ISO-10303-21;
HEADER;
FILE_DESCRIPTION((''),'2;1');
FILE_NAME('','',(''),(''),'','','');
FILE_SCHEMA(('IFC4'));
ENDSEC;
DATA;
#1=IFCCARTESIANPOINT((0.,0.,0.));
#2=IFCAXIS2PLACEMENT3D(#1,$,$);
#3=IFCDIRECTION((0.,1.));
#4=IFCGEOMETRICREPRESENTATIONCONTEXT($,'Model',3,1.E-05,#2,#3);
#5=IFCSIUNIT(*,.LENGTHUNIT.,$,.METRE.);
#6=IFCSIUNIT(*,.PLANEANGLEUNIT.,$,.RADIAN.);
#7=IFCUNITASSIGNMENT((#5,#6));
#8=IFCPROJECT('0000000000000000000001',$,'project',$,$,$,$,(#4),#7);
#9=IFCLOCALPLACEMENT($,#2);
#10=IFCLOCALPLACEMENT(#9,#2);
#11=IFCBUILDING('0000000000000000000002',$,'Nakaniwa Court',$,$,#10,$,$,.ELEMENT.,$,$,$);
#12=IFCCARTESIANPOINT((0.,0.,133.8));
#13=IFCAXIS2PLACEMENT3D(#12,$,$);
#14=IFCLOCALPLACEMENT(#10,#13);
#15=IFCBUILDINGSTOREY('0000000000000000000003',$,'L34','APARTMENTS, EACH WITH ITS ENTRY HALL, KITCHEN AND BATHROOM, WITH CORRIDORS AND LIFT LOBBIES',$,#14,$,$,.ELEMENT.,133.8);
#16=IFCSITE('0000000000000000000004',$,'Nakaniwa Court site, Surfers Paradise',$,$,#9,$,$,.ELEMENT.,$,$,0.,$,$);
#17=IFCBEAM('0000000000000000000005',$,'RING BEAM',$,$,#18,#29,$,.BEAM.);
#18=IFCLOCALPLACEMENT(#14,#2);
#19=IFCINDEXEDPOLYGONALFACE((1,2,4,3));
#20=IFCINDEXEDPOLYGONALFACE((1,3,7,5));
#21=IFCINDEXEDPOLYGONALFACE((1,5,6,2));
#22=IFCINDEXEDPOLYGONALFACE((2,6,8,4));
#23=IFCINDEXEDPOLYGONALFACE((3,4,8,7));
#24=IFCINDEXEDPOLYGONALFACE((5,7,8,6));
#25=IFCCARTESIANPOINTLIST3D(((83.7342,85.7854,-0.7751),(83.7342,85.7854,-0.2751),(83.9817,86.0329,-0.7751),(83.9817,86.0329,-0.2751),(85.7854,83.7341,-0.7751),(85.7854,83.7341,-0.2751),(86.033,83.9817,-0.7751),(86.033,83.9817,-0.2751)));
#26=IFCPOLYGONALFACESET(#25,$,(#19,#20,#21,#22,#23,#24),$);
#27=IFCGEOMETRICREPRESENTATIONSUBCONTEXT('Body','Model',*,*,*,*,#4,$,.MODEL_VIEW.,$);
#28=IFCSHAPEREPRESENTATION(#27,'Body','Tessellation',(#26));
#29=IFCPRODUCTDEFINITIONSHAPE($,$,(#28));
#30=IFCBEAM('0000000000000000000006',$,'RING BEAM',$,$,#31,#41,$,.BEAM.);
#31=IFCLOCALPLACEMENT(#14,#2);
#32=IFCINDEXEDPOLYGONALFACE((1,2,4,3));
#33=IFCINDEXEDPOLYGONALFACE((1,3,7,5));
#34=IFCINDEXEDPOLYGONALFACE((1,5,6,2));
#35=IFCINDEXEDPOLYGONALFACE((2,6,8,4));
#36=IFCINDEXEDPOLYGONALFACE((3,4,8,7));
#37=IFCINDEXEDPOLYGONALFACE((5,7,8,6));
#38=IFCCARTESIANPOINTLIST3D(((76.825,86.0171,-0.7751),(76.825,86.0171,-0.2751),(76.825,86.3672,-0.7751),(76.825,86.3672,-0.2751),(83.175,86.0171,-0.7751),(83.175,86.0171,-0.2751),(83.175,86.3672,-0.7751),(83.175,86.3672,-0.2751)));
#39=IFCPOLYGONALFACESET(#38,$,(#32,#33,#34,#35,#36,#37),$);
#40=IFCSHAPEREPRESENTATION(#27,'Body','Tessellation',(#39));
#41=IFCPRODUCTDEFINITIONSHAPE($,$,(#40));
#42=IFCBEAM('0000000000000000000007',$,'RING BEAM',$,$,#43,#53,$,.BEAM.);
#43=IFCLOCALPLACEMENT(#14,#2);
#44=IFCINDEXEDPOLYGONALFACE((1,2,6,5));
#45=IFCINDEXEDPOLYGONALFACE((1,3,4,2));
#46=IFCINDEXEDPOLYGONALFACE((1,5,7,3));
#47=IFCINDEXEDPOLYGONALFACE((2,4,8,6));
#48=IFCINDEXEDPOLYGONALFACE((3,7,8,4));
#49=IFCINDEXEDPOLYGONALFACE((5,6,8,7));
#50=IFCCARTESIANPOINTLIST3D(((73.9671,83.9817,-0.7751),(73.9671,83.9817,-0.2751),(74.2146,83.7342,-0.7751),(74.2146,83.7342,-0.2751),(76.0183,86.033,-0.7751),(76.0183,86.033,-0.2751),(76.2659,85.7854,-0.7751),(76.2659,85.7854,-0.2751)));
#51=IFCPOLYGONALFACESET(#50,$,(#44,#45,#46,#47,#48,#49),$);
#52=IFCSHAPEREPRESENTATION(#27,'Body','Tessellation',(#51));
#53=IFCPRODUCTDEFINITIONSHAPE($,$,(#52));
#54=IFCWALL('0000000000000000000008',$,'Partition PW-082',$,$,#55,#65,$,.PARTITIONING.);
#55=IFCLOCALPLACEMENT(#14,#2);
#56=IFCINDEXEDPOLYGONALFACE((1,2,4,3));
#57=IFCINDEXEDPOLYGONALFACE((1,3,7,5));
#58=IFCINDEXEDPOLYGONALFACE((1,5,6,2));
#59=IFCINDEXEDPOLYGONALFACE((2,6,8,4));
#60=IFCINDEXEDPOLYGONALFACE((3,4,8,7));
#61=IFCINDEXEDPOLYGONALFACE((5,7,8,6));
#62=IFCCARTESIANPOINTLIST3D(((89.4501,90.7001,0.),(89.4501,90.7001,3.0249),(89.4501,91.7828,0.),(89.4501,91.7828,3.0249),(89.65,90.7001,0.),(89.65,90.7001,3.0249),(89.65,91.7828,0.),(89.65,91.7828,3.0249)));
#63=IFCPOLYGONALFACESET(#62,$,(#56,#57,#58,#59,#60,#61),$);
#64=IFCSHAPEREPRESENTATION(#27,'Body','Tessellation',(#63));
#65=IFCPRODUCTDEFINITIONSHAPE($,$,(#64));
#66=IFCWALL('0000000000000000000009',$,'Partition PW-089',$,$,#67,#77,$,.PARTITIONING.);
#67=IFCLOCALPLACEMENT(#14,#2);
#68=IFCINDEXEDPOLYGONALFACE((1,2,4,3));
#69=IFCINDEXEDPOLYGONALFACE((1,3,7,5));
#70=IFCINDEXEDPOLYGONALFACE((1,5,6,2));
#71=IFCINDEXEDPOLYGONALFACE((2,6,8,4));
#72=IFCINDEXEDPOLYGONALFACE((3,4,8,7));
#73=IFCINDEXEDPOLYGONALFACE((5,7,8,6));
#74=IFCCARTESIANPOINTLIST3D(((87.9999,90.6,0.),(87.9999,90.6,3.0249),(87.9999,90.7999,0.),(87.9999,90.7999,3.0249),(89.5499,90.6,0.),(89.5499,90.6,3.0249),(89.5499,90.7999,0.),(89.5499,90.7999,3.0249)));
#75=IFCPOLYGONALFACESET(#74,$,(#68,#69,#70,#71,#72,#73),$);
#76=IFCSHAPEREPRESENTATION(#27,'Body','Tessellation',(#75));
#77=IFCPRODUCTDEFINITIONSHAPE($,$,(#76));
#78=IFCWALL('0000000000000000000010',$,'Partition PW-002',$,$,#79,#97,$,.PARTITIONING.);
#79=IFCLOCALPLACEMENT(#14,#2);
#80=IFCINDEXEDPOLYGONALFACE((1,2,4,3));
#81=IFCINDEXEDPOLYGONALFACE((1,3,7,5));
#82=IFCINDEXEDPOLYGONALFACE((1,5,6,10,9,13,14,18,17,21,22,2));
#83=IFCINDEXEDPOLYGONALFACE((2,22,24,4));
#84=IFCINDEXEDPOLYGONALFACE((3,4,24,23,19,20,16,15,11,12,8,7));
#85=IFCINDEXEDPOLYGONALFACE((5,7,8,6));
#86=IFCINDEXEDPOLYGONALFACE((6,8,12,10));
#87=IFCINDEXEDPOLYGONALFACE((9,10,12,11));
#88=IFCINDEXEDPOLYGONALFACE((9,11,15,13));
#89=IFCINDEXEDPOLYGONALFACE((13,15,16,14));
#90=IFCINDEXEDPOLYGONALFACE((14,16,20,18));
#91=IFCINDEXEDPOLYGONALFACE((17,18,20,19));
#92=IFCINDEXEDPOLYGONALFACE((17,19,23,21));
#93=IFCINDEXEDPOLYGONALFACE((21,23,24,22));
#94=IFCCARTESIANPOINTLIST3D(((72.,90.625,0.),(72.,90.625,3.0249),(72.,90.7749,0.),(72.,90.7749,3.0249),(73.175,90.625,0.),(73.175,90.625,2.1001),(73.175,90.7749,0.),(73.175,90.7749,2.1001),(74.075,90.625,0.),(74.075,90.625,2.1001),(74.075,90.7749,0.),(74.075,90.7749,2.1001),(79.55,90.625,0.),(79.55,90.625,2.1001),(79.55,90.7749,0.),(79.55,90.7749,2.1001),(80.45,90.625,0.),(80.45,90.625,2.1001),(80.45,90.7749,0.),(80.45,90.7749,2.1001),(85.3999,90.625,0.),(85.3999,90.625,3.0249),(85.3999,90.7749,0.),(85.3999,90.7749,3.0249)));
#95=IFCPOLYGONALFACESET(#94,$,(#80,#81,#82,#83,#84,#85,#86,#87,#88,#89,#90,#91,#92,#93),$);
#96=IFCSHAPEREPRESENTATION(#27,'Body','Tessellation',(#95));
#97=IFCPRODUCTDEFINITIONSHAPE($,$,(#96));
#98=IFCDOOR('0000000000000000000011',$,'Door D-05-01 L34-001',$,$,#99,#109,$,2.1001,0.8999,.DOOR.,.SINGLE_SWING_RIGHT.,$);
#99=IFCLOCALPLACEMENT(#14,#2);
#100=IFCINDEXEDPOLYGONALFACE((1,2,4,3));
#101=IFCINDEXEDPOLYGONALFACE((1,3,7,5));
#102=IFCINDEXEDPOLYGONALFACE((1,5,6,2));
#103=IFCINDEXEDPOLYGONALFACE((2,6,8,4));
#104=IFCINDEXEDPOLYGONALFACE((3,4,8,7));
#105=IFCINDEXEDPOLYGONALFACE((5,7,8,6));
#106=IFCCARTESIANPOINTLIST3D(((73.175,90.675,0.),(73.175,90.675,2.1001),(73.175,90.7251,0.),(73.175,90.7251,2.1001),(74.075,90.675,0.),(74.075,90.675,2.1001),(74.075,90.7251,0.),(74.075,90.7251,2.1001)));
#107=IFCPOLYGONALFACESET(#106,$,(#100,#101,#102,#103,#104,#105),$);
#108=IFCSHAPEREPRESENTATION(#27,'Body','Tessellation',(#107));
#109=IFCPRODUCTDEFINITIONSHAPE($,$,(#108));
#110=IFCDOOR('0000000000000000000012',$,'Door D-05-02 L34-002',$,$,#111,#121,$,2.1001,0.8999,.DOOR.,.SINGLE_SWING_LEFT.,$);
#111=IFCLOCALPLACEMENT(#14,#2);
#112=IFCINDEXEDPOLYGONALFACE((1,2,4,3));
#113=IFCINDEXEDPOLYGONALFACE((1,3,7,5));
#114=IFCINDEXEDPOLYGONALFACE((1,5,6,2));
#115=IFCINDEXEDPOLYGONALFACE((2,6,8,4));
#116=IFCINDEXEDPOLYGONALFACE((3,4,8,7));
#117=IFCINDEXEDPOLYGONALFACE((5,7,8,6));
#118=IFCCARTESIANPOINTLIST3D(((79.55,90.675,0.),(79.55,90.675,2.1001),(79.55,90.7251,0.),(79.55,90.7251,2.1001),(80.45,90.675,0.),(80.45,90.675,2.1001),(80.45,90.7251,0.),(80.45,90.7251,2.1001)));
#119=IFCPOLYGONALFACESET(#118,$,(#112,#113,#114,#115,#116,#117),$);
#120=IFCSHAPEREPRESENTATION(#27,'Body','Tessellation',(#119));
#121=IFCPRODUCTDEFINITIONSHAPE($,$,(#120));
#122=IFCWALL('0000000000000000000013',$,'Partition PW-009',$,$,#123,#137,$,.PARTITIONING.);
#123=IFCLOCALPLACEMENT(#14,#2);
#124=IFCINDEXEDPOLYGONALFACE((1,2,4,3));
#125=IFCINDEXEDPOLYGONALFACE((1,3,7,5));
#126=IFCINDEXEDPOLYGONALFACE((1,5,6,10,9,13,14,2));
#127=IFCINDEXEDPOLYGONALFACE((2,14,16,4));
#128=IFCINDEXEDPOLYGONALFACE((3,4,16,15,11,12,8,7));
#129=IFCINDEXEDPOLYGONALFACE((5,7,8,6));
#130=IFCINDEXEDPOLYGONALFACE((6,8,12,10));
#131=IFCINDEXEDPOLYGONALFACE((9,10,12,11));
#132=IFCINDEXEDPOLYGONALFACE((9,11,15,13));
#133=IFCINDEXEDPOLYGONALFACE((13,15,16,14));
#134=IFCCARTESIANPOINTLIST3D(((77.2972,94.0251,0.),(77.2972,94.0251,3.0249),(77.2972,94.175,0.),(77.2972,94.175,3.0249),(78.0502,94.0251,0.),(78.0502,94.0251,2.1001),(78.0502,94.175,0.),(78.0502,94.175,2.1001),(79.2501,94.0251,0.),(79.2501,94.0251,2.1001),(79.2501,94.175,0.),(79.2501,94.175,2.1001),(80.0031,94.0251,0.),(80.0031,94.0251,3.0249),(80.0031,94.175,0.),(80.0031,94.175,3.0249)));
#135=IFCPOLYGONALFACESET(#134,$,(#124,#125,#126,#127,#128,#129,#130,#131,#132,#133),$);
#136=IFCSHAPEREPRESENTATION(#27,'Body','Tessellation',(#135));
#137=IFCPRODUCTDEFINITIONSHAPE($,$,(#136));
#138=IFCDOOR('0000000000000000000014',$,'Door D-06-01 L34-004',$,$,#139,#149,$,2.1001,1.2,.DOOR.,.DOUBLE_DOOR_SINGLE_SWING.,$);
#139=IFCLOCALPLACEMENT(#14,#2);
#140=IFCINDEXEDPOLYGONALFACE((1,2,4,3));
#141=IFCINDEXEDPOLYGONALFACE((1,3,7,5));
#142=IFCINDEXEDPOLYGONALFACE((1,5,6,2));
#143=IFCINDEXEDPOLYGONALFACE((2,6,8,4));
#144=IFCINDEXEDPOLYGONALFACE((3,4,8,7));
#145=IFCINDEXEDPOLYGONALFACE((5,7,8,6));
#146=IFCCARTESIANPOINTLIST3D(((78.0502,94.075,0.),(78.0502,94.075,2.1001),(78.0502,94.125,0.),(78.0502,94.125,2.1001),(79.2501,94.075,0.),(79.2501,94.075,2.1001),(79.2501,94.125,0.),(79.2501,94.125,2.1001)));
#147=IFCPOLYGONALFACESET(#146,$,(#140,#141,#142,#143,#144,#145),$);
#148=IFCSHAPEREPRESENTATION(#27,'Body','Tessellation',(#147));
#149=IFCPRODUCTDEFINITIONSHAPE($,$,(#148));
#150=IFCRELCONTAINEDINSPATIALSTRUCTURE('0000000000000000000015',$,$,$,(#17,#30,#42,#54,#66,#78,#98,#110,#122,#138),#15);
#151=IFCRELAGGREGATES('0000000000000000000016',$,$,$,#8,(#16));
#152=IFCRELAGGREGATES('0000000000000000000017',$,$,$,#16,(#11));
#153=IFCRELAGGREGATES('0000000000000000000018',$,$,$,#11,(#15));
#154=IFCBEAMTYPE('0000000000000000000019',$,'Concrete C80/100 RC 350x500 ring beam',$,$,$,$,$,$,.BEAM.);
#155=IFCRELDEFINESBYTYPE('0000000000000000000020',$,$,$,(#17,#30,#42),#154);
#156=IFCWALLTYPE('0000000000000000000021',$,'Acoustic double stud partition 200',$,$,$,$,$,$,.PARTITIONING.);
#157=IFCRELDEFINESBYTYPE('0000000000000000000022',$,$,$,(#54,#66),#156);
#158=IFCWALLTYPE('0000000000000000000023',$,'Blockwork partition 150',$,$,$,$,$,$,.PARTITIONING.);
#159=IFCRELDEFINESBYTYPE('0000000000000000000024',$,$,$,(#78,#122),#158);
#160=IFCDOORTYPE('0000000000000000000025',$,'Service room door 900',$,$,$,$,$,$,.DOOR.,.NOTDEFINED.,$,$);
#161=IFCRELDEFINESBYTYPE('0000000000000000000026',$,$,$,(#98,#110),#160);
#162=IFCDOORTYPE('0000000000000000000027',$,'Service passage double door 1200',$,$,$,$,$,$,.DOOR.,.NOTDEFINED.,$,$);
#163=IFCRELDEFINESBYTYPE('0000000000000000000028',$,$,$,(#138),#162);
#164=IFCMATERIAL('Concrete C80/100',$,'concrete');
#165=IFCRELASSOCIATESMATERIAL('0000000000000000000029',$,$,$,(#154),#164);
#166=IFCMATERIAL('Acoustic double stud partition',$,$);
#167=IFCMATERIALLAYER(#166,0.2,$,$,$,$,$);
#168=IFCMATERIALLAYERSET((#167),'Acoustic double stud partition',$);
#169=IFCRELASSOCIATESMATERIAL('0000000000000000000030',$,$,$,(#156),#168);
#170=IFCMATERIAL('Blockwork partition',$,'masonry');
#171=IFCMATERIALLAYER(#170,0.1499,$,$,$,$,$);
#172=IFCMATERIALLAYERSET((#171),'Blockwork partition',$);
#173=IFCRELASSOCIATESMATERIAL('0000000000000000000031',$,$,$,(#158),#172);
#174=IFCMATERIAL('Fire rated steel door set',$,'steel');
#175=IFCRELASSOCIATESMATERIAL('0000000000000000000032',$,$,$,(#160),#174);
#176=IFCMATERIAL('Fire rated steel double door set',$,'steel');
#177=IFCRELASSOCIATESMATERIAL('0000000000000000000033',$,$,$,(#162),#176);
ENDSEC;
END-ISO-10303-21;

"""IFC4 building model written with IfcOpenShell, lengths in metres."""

from ifc_helpers import new_model, si_unit, direction, frame, frame_2d, origin, origin_2d, place, context, subcontext, project, spatial, rectangle, extrude, material, layer, layer_set, material_profile, profile_set, type_object, element, fill, save


model = new_model("IFC4")

# Units and contexts
model_context = context("Model", 3, precision=1e-05, world=origin(), true_north=direction((0.0, 1.0)))
body_context = subcontext(model_context, "Body", "Model", "MODEL_VIEW")
ifc_project = project(units=[si_unit("LENGTHUNIT", "METRE"), si_unit("PLANEANGLEUNIT", "RADIAN")], contexts=[model_context])

# Site, building, storey
site_placement = place(None, origin())
site = spatial("IfcSite", under=ifc_project, at=site_placement, Name="Nakaniwa Court site, Surfers Paradise", CompositionType="ELEMENT", RefElevation=0.0)
building_placement = place(site_placement, origin())
building = spatial("IfcBuilding", under=site, at=building_placement, Name="Nakaniwa Court", CompositionType="ELEMENT")
storey_placement = place(building_placement, frame((0.0, 0.0, 133.8)))
storey = spatial("IfcBuildingStorey", under=building, at=storey_placement, Name="L34", Description="APARTMENTS, EACH WITH ITS ENTRY HALL, KITCHEN AND BATHROOM, WITH CORRIDORS AND LIFT LOBBIES", CompositionType="ELEMENT", Elevation=133.8)

# Shared definitions
ifc_material_1 = material(Name="Concrete C80/100", Category="concrete")

# Beams
ifc_material_profile_1 = material_profile(ifc_material_1, rectangle(XDim=0.3501, YDim=0.5, at=origin_2d()), Name="Concrete C80/100 RC 350x500 ring beam")
ifc_profile_set_1 = profile_set([ifc_material_profile_1], Name="Concrete C80/100")
beam_type = type_object("IfcBeamType", Name="Concrete C80/100 RC 350x500 ring beam", PredefinedType="BEAM", material=ifc_profile_set_1)
beam_1_placement = place(storey_placement, frame((85.9092, 83.8579, -0.5251), z_axis=(-0.707107, 0.707107, 0.0), x_axis=(-0.707107, -0.707107, 0.0)))
element("IfcBeam", 1, at=beam_1_placement, inside=storey, type_object=beam_type, Name="RING BEAM", PredefinedType="BEAM", context=body_context, shape_type="SweptSolid", body=[
    extrude(rectangle(XDim=0.3501, YDim=0.5, at=origin_2d()), origin(), (0.0, 0.0, 1.0), 2.9009),
])
beam_2_placement = place(storey_placement, frame((83.175, 86.1921, -0.5251), z_axis=(-1.0, 0.0, 0.0), x_axis=(0.0, -1.0, 0.0)))
element("IfcBeam", 2, at=beam_2_placement, inside=storey, type_object=beam_type, Name="RING BEAM", PredefinedType="BEAM", context=body_context, shape_type="SweptSolid", body=[
    extrude(rectangle(XDim=0.3501, YDim=0.5, at=origin_2d()), origin(), (0.0, 0.0, 1.0), 6.3501),
])
beam_3_placement = place(storey_placement, frame((76.1421, 85.9092, -0.5251), z_axis=(-0.707107, -0.707107, 0.0), x_axis=(0.707107, -0.707107, 0.0)))
element("IfcBeam", 3, at=beam_3_placement, inside=storey, type_object=beam_type, Name="RING BEAM", PredefinedType="BEAM", context=body_context, shape_type="SweptSolid", body=[
    extrude(rectangle(XDim=0.3501, YDim=0.5, at=origin_2d()), origin(), (0.0, 0.0, 1.0), 2.9009),
])

# Walls
ifc_material_2 = material(Name="Acoustic double stud partition")
ifc_layer_1 = layer(ifc_material_2, 0.2)
ifc_layer_set_1 = layer_set([ifc_layer_1], Name="Acoustic double stud partition")
wall_type_1 = type_object("IfcWallType", Name="Acoustic double stud partition 200", PredefinedType="PARTITIONING", material=ifc_layer_set_1)
wall_1_placement = place(storey_placement, frame((89.55, 90.7, 0.0), z_axis=(0.0, 0.0, 1.0), x_axis=(0.0, 1.0, 0.0)))
element("IfcWall", 4, at=wall_1_placement, inside=storey, type_object=wall_type_1, Name="Partition PW-082", PredefinedType="PARTITIONING", context=body_context, shape_type="SweptSolid", body=[
    extrude(rectangle(XDim=1.0828, YDim=0.2, at=frame_2d((0.5415, 0.0))), origin(), (0.0, 0.0, 1.0), 3.0249),
])
wall_2_placement = place(storey_placement, frame((88.0, 90.7, 0.0), z_axis=(0.0, 0.0, 1.0), x_axis=(1.0, 0.0, 0.0)))
element("IfcWall", 5, at=wall_2_placement, inside=storey, type_object=wall_type_1, Name="Partition PW-089", PredefinedType="PARTITIONING", context=body_context, shape_type="SweptSolid", body=[
    extrude(rectangle(XDim=1.55, YDim=0.2, at=frame_2d((0.7749, 0.0))), origin(), (0.0, 0.0, 1.0), 3.0249),
])

# Wall, openings, doors
ifc_material_3 = material(Name="Blockwork partition", Category="masonry")
ifc_layer_2 = layer(ifc_material_3, 0.1499)
ifc_layer_set_2 = layer_set([ifc_layer_2], Name="Blockwork partition")
wall_type_2 = type_object("IfcWallType", Name="Blockwork partition 150", PredefinedType="PARTITIONING", material=ifc_layer_set_2)
wall_3_placement = place(storey_placement, frame((85.3999, 90.7, 0.0), z_axis=(0.0, 0.0, 1.0), x_axis=(-1.0, 0.0, 0.0)))
wall_3 = element("IfcWall", 6, at=wall_3_placement, inside=storey, type_object=wall_type_2, Name="Partition PW-002", PredefinedType="PARTITIONING", context=body_context, shape_type="SweptSolid", body=[
    extrude(rectangle(XDim=13.3999, YDim=0.1499, at=frame_2d((6.7, 0.0))), origin(), (0.0, 0.0, 1.0), 3.0249),
])
opening_1_placement = place(wall_3_placement, frame((11.325, 0.0, 0.0)))
opening_1 = element("IfcOpeningElement", 7, at=opening_1_placement, cuts=wall_3, PredefinedType="OPENING", context=body_context, shape_type="SweptSolid", body=[
    extrude(rectangle(XDim=0.8999, YDim=2.1001, at=frame_2d((0.45, 1.05))), frame((0.0, 0.085, 0.0), z_axis=(0.0, -1.0, 0.0), x_axis=(1.0, 0.0, 0.0)), (0.0, 0.0, 1.0), 0.1699),
])
opening_2_placement = place(wall_3_placement, frame((4.95, 0.0, 0.0)))
opening_2 = element("IfcOpeningElement", 8, at=opening_2_placement, cuts=wall_3, PredefinedType="OPENING", context=body_context, shape_type="SweptSolid", body=[
    extrude(rectangle(XDim=0.8999, YDim=2.1001, at=frame_2d((0.45, 1.05))), frame((0.0, 0.085, 0.0), z_axis=(0.0, -1.0, 0.0), x_axis=(1.0, 0.0, 0.0)), (0.0, 0.0, 1.0), 0.1699),
])
ifc_material_4 = material(Name="Fire rated steel door set", Category="steel")
door_type_1 = type_object("IfcDoorType", Name="Service room door 900", OperationType="NOTDEFINED", PredefinedType="DOOR", material=ifc_material_4)
door_1_placement = place(opening_1_placement, origin())
door_1 = element("IfcDoor", 9, at=door_1_placement, inside=storey, type_object=door_type_1, Name="Door D-05-01 L34-001", OperationType="SINGLE_SWING_RIGHT", OverallHeight=2.1001, OverallWidth=0.8999, PredefinedType="DOOR", context=body_context, shape_type="SweptSolid", body=[
    extrude(rectangle(XDim=0.8999, YDim=2.1001, at=frame_2d((0.45, 1.05))), frame((0.0, 0.0249, 0.0), z_axis=(0.0, -1.0, 0.0), x_axis=(1.0, 0.0, 0.0)), (0.0, 0.0, 1.0), 0.05),
])
fill(opening_1, door_1)
door_2_placement = place(opening_2_placement, origin())
door_2 = element("IfcDoor", 10, at=door_2_placement, inside=storey, type_object=door_type_1, Name="Door D-05-02 L34-002", OperationType="SINGLE_SWING_LEFT", OverallHeight=2.1001, OverallWidth=0.8999, PredefinedType="DOOR", context=body_context, shape_type="SweptSolid", body=[
    extrude(rectangle(XDim=0.8999, YDim=2.1001, at=frame_2d((0.45, 1.05))), frame((0.0, 0.0249, 0.0), z_axis=(0.0, -1.0, 0.0), x_axis=(1.0, 0.0, 0.0)), (0.0, 0.0, 1.0), 0.05),
])
fill(opening_2, door_2)

# Wall, opening, door
wall_4_placement = place(storey_placement, frame((77.2971, 94.1001, 0.0), z_axis=(0.0, 0.0, 1.0), x_axis=(1.0, 0.0, 0.0)))
wall_4 = element("IfcWall", 11, at=wall_4_placement, inside=storey, type_object=wall_type_2, Name="Partition PW-009", PredefinedType="PARTITIONING", context=body_context, shape_type="SweptSolid", body=[
    extrude(rectangle(XDim=2.7058, YDim=0.1499, at=frame_2d((1.353, 0.0))), origin(), (0.0, 0.0, 1.0), 3.0249),
])
opening_3_placement = place(wall_4_placement, frame((0.7529, 0.0, 0.0)))
opening_3 = element("IfcOpeningElement", 12, at=opening_3_placement, cuts=wall_4, PredefinedType="OPENING", context=body_context, shape_type="SweptSolid", body=[
    extrude(rectangle(XDim=1.2, YDim=2.1001, at=frame_2d((0.6001, 1.05))), frame((0.0, 0.085, 0.0), z_axis=(0.0, -1.0, 0.0), x_axis=(1.0, 0.0, 0.0)), (0.0, 0.0, 1.0), 0.1699),
])
ifc_material_5 = material(Name="Fire rated steel double door set", Category="steel")
door_type_2 = type_object("IfcDoorType", Name="Service passage double door 1200", OperationType="NOTDEFINED", PredefinedType="DOOR", material=ifc_material_5)
door_3_placement = place(opening_3_placement, origin())
door_3 = element("IfcDoor", 13, at=door_3_placement, inside=storey, type_object=door_type_2, Name="Door D-06-01 L34-004", OperationType="DOUBLE_DOOR_SINGLE_SWING", OverallHeight=2.1001, OverallWidth=1.2, PredefinedType="DOOR", context=body_context, shape_type="SweptSolid", body=[
    extrude(rectangle(XDim=1.2, YDim=2.1001, at=frame_2d((0.6001, 1.05))), frame((0.0, 0.0249, 0.0), z_axis=(0.0, -1.0, 0.0), x_axis=(1.0, 0.0, 0.0)), (0.0, 0.0, 1.0), 0.05),
])
fill(opening_3, door_3)

save(model, "model.ifc")
